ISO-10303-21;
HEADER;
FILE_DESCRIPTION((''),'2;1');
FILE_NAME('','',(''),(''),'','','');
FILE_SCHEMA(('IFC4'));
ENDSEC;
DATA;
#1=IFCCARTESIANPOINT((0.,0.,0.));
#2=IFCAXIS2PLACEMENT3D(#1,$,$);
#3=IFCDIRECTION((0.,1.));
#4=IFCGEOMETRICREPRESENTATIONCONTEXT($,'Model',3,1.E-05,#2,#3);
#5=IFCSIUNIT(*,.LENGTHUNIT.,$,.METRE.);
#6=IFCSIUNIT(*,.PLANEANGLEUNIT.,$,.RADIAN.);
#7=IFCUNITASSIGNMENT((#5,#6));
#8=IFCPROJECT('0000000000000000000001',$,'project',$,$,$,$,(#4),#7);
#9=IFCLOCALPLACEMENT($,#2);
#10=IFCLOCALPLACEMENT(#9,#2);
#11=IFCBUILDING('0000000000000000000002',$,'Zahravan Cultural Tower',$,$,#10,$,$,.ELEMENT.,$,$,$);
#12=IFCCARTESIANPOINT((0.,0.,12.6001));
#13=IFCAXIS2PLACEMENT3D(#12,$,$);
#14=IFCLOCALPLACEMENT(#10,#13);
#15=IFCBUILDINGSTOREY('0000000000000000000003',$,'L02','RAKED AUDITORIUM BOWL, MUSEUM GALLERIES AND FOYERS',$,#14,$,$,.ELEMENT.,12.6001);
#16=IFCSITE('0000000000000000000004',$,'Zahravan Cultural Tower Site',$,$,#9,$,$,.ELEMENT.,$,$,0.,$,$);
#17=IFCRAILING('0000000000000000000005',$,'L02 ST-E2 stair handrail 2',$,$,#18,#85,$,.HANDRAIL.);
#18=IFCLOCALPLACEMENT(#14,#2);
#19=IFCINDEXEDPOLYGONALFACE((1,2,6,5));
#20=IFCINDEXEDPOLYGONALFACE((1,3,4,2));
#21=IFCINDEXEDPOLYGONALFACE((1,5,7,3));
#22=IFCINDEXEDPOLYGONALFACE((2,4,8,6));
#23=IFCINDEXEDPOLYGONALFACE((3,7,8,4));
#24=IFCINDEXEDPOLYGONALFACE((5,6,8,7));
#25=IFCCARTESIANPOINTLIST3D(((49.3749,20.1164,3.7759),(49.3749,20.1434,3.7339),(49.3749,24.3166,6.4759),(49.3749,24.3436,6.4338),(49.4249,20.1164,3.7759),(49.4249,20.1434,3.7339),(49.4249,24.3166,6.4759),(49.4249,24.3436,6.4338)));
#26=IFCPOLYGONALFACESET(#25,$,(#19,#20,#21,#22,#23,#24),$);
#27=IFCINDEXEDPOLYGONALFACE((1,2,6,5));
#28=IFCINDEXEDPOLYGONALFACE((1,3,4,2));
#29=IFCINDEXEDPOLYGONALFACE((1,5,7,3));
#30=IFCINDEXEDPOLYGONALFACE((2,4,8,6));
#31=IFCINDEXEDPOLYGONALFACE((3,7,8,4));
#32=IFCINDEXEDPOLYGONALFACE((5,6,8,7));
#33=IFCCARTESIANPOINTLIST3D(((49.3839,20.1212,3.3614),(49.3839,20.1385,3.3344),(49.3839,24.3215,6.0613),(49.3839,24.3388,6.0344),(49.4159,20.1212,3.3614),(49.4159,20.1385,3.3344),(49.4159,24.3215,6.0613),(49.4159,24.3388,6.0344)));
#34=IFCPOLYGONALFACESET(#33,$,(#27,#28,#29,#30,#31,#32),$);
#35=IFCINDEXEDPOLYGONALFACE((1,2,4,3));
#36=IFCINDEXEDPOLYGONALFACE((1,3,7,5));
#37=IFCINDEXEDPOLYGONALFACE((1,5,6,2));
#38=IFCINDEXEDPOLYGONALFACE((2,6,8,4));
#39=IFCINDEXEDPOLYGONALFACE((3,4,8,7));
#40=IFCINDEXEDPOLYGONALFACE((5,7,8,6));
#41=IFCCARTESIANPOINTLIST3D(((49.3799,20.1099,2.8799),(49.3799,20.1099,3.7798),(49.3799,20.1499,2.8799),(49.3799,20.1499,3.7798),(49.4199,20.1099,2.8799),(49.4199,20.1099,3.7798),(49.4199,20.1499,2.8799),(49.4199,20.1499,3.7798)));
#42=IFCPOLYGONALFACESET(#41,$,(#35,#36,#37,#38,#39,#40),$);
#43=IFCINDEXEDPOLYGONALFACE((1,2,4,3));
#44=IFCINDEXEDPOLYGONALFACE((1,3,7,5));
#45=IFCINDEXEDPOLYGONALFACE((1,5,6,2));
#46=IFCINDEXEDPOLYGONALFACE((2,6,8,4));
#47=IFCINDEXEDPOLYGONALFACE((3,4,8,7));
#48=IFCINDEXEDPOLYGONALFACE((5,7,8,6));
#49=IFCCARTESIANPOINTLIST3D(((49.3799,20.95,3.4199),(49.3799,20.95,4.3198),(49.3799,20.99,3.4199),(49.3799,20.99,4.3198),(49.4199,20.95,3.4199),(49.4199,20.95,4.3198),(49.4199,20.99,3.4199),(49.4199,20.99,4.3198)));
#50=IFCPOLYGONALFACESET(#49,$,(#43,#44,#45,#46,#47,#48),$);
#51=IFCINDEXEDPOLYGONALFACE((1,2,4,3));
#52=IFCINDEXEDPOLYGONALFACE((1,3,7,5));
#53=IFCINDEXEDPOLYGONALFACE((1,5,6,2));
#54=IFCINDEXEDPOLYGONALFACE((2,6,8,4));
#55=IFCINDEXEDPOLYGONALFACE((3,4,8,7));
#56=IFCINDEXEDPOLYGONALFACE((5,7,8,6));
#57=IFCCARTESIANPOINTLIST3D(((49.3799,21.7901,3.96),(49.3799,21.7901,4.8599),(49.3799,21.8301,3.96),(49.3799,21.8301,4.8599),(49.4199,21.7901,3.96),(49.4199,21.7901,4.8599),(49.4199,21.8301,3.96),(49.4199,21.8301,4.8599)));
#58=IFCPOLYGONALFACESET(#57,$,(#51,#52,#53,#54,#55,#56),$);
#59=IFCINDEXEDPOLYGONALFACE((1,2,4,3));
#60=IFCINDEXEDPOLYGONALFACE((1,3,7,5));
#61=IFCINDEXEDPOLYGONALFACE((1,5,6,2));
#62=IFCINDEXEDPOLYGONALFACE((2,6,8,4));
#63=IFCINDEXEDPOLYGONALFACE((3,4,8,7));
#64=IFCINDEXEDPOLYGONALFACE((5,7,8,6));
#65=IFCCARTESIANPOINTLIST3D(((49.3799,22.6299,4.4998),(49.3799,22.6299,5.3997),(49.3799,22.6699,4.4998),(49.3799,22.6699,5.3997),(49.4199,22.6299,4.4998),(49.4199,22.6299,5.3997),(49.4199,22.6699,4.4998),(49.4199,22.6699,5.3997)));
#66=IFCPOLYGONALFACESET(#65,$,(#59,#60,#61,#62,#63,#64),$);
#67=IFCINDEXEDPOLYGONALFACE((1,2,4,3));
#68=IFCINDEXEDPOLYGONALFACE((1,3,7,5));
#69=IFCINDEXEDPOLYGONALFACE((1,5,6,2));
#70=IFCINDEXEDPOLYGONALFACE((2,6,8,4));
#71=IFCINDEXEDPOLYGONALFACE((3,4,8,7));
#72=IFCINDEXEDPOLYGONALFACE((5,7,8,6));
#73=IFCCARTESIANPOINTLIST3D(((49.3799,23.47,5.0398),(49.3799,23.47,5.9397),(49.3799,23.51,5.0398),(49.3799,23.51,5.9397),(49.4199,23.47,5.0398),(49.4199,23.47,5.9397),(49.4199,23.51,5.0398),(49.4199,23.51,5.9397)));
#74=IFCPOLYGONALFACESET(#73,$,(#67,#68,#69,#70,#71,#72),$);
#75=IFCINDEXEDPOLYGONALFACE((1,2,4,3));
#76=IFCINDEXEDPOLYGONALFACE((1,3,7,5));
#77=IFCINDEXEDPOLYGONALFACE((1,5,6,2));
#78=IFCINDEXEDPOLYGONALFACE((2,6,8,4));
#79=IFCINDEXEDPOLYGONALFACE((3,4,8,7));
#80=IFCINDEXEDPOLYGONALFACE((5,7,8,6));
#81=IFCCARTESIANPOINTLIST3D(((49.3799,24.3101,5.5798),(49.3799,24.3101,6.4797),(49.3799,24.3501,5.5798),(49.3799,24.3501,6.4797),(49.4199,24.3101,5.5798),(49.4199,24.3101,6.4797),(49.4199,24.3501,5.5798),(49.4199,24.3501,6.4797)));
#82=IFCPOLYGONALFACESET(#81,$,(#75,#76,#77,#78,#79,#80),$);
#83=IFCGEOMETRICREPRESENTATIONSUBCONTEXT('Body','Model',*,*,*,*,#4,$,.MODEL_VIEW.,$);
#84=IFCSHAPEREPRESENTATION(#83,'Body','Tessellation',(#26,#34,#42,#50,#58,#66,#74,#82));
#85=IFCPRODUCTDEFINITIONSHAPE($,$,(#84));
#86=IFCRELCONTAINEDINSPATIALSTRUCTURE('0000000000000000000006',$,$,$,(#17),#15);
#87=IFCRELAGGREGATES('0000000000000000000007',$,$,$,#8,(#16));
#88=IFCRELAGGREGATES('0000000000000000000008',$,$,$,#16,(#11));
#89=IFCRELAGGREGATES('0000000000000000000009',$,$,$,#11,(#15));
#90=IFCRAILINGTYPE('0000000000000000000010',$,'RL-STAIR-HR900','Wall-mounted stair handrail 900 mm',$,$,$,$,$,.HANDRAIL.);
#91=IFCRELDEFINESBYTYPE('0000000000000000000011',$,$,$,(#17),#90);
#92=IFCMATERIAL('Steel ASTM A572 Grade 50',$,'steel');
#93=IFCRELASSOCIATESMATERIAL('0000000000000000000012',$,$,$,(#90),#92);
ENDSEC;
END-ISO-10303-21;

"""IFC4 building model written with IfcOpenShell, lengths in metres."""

from ifc_helpers import new_model, si_unit, direction, frame, origin, origin_2d, place, context, subcontext, project, spatial, rectangle, extrude, material, type_object, element, save


model = new_model("IFC4")

# Units and contexts
model_context = context("Model", 3, precision=1e-05, world=origin(), true_north=direction((0.0, 1.0)))
body_context = subcontext(model_context, "Body", "Model", "MODEL_VIEW")
ifc_project = project(units=[si_unit("LENGTHUNIT", "METRE"), si_unit("PLANEANGLEUNIT", "RADIAN")], contexts=[model_context])

# Site, building, storey
site_placement = place(None, origin())
site = spatial("IfcSite", under=ifc_project, at=site_placement, Name="Zahravan Cultural Tower Site", CompositionType="ELEMENT", RefElevation=0.0)
building_placement = place(site_placement, origin())
building = spatial("IfcBuilding", under=site, at=building_placement, Name="Zahravan Cultural Tower", CompositionType="ELEMENT")
storey_placement = place(building_placement, frame((0.0, 0.0, 12.6001)))
storey = spatial("IfcBuildingStorey", under=building, at=storey_placement, Name="L02", Description="RAKED AUDITORIUM BOWL, MUSEUM GALLERIES AND FOYERS", CompositionType="ELEMENT", Elevation=12.6001)

# Shared definitions
ifc_material_1 = material(Name="Steel ASTM A572 Grade 50", Category="steel")

# Railing
railing_type_1 = type_object("IfcRailingType", Name="RL-STAIR-HR900", Description="Wall-mounted stair handrail 900 mm", PredefinedType="HANDRAIL", material=ifc_material_1)
railing_1_placement = place(storey_placement, frame((49.3999, 20.1299, 2.8799)))
element("IfcRailing", 1, at=railing_1_placement, inside=storey, type_object=railing_type_1, Name="L02 ST-E2 stair handrail 2", PredefinedType="HANDRAIL", context=body_context, shape_type="SweptSolid", body=[
    extrude(rectangle(XDim=0.05, YDim=0.05, at=origin_2d()), frame((0.0, 0.0, 0.875), z_axis=(0.0, 0.841194, 0.540733), x_axis=(-1.0, 0.0, 0.0)), (0.0, 0.0, 1.0), 4.9932),
    extrude(rectangle(XDim=0.032, YDim=0.032, at=origin_2d()), frame((0.0, 0.0, 0.468), z_axis=(0.0, 0.841194, 0.540733), x_axis=(-1.0, 0.0, 0.0)), (0.0, 0.0, 1.0), 4.9932),
    extrude(rectangle(XDim=0.04, YDim=0.04, at=origin_2d()), origin(), (0.0, 0.0, 1.0), 0.8999),
    extrude(rectangle(XDim=0.04, YDim=0.04, at=origin_2d()), frame((0.0, 0.8401, 0.54)), (0.0, 0.0, 1.0), 0.8999),
    extrude(rectangle(XDim=0.04, YDim=0.04, at=origin_2d()), frame((0.0, 1.6802, 1.0801)), (0.0, 0.0, 1.0), 0.8999),
    extrude(rectangle(XDim=0.04, YDim=0.04, at=origin_2d()), frame((0.0, 2.52, 1.6199)), (0.0, 0.0, 1.0), 0.8999),
    extrude(rectangle(XDim=0.04, YDim=0.04, at=origin_2d()), frame((0.0, 3.3601, 2.1599)), (0.0, 0.0, 1.0), 0.8999),
    extrude(rectangle(XDim=0.04, YDim=0.04, at=origin_2d()), frame((0.0, 4.2002, 2.7)), (0.0, 0.0, 1.0), 0.8999),
])

save(model, "model.ifc")
